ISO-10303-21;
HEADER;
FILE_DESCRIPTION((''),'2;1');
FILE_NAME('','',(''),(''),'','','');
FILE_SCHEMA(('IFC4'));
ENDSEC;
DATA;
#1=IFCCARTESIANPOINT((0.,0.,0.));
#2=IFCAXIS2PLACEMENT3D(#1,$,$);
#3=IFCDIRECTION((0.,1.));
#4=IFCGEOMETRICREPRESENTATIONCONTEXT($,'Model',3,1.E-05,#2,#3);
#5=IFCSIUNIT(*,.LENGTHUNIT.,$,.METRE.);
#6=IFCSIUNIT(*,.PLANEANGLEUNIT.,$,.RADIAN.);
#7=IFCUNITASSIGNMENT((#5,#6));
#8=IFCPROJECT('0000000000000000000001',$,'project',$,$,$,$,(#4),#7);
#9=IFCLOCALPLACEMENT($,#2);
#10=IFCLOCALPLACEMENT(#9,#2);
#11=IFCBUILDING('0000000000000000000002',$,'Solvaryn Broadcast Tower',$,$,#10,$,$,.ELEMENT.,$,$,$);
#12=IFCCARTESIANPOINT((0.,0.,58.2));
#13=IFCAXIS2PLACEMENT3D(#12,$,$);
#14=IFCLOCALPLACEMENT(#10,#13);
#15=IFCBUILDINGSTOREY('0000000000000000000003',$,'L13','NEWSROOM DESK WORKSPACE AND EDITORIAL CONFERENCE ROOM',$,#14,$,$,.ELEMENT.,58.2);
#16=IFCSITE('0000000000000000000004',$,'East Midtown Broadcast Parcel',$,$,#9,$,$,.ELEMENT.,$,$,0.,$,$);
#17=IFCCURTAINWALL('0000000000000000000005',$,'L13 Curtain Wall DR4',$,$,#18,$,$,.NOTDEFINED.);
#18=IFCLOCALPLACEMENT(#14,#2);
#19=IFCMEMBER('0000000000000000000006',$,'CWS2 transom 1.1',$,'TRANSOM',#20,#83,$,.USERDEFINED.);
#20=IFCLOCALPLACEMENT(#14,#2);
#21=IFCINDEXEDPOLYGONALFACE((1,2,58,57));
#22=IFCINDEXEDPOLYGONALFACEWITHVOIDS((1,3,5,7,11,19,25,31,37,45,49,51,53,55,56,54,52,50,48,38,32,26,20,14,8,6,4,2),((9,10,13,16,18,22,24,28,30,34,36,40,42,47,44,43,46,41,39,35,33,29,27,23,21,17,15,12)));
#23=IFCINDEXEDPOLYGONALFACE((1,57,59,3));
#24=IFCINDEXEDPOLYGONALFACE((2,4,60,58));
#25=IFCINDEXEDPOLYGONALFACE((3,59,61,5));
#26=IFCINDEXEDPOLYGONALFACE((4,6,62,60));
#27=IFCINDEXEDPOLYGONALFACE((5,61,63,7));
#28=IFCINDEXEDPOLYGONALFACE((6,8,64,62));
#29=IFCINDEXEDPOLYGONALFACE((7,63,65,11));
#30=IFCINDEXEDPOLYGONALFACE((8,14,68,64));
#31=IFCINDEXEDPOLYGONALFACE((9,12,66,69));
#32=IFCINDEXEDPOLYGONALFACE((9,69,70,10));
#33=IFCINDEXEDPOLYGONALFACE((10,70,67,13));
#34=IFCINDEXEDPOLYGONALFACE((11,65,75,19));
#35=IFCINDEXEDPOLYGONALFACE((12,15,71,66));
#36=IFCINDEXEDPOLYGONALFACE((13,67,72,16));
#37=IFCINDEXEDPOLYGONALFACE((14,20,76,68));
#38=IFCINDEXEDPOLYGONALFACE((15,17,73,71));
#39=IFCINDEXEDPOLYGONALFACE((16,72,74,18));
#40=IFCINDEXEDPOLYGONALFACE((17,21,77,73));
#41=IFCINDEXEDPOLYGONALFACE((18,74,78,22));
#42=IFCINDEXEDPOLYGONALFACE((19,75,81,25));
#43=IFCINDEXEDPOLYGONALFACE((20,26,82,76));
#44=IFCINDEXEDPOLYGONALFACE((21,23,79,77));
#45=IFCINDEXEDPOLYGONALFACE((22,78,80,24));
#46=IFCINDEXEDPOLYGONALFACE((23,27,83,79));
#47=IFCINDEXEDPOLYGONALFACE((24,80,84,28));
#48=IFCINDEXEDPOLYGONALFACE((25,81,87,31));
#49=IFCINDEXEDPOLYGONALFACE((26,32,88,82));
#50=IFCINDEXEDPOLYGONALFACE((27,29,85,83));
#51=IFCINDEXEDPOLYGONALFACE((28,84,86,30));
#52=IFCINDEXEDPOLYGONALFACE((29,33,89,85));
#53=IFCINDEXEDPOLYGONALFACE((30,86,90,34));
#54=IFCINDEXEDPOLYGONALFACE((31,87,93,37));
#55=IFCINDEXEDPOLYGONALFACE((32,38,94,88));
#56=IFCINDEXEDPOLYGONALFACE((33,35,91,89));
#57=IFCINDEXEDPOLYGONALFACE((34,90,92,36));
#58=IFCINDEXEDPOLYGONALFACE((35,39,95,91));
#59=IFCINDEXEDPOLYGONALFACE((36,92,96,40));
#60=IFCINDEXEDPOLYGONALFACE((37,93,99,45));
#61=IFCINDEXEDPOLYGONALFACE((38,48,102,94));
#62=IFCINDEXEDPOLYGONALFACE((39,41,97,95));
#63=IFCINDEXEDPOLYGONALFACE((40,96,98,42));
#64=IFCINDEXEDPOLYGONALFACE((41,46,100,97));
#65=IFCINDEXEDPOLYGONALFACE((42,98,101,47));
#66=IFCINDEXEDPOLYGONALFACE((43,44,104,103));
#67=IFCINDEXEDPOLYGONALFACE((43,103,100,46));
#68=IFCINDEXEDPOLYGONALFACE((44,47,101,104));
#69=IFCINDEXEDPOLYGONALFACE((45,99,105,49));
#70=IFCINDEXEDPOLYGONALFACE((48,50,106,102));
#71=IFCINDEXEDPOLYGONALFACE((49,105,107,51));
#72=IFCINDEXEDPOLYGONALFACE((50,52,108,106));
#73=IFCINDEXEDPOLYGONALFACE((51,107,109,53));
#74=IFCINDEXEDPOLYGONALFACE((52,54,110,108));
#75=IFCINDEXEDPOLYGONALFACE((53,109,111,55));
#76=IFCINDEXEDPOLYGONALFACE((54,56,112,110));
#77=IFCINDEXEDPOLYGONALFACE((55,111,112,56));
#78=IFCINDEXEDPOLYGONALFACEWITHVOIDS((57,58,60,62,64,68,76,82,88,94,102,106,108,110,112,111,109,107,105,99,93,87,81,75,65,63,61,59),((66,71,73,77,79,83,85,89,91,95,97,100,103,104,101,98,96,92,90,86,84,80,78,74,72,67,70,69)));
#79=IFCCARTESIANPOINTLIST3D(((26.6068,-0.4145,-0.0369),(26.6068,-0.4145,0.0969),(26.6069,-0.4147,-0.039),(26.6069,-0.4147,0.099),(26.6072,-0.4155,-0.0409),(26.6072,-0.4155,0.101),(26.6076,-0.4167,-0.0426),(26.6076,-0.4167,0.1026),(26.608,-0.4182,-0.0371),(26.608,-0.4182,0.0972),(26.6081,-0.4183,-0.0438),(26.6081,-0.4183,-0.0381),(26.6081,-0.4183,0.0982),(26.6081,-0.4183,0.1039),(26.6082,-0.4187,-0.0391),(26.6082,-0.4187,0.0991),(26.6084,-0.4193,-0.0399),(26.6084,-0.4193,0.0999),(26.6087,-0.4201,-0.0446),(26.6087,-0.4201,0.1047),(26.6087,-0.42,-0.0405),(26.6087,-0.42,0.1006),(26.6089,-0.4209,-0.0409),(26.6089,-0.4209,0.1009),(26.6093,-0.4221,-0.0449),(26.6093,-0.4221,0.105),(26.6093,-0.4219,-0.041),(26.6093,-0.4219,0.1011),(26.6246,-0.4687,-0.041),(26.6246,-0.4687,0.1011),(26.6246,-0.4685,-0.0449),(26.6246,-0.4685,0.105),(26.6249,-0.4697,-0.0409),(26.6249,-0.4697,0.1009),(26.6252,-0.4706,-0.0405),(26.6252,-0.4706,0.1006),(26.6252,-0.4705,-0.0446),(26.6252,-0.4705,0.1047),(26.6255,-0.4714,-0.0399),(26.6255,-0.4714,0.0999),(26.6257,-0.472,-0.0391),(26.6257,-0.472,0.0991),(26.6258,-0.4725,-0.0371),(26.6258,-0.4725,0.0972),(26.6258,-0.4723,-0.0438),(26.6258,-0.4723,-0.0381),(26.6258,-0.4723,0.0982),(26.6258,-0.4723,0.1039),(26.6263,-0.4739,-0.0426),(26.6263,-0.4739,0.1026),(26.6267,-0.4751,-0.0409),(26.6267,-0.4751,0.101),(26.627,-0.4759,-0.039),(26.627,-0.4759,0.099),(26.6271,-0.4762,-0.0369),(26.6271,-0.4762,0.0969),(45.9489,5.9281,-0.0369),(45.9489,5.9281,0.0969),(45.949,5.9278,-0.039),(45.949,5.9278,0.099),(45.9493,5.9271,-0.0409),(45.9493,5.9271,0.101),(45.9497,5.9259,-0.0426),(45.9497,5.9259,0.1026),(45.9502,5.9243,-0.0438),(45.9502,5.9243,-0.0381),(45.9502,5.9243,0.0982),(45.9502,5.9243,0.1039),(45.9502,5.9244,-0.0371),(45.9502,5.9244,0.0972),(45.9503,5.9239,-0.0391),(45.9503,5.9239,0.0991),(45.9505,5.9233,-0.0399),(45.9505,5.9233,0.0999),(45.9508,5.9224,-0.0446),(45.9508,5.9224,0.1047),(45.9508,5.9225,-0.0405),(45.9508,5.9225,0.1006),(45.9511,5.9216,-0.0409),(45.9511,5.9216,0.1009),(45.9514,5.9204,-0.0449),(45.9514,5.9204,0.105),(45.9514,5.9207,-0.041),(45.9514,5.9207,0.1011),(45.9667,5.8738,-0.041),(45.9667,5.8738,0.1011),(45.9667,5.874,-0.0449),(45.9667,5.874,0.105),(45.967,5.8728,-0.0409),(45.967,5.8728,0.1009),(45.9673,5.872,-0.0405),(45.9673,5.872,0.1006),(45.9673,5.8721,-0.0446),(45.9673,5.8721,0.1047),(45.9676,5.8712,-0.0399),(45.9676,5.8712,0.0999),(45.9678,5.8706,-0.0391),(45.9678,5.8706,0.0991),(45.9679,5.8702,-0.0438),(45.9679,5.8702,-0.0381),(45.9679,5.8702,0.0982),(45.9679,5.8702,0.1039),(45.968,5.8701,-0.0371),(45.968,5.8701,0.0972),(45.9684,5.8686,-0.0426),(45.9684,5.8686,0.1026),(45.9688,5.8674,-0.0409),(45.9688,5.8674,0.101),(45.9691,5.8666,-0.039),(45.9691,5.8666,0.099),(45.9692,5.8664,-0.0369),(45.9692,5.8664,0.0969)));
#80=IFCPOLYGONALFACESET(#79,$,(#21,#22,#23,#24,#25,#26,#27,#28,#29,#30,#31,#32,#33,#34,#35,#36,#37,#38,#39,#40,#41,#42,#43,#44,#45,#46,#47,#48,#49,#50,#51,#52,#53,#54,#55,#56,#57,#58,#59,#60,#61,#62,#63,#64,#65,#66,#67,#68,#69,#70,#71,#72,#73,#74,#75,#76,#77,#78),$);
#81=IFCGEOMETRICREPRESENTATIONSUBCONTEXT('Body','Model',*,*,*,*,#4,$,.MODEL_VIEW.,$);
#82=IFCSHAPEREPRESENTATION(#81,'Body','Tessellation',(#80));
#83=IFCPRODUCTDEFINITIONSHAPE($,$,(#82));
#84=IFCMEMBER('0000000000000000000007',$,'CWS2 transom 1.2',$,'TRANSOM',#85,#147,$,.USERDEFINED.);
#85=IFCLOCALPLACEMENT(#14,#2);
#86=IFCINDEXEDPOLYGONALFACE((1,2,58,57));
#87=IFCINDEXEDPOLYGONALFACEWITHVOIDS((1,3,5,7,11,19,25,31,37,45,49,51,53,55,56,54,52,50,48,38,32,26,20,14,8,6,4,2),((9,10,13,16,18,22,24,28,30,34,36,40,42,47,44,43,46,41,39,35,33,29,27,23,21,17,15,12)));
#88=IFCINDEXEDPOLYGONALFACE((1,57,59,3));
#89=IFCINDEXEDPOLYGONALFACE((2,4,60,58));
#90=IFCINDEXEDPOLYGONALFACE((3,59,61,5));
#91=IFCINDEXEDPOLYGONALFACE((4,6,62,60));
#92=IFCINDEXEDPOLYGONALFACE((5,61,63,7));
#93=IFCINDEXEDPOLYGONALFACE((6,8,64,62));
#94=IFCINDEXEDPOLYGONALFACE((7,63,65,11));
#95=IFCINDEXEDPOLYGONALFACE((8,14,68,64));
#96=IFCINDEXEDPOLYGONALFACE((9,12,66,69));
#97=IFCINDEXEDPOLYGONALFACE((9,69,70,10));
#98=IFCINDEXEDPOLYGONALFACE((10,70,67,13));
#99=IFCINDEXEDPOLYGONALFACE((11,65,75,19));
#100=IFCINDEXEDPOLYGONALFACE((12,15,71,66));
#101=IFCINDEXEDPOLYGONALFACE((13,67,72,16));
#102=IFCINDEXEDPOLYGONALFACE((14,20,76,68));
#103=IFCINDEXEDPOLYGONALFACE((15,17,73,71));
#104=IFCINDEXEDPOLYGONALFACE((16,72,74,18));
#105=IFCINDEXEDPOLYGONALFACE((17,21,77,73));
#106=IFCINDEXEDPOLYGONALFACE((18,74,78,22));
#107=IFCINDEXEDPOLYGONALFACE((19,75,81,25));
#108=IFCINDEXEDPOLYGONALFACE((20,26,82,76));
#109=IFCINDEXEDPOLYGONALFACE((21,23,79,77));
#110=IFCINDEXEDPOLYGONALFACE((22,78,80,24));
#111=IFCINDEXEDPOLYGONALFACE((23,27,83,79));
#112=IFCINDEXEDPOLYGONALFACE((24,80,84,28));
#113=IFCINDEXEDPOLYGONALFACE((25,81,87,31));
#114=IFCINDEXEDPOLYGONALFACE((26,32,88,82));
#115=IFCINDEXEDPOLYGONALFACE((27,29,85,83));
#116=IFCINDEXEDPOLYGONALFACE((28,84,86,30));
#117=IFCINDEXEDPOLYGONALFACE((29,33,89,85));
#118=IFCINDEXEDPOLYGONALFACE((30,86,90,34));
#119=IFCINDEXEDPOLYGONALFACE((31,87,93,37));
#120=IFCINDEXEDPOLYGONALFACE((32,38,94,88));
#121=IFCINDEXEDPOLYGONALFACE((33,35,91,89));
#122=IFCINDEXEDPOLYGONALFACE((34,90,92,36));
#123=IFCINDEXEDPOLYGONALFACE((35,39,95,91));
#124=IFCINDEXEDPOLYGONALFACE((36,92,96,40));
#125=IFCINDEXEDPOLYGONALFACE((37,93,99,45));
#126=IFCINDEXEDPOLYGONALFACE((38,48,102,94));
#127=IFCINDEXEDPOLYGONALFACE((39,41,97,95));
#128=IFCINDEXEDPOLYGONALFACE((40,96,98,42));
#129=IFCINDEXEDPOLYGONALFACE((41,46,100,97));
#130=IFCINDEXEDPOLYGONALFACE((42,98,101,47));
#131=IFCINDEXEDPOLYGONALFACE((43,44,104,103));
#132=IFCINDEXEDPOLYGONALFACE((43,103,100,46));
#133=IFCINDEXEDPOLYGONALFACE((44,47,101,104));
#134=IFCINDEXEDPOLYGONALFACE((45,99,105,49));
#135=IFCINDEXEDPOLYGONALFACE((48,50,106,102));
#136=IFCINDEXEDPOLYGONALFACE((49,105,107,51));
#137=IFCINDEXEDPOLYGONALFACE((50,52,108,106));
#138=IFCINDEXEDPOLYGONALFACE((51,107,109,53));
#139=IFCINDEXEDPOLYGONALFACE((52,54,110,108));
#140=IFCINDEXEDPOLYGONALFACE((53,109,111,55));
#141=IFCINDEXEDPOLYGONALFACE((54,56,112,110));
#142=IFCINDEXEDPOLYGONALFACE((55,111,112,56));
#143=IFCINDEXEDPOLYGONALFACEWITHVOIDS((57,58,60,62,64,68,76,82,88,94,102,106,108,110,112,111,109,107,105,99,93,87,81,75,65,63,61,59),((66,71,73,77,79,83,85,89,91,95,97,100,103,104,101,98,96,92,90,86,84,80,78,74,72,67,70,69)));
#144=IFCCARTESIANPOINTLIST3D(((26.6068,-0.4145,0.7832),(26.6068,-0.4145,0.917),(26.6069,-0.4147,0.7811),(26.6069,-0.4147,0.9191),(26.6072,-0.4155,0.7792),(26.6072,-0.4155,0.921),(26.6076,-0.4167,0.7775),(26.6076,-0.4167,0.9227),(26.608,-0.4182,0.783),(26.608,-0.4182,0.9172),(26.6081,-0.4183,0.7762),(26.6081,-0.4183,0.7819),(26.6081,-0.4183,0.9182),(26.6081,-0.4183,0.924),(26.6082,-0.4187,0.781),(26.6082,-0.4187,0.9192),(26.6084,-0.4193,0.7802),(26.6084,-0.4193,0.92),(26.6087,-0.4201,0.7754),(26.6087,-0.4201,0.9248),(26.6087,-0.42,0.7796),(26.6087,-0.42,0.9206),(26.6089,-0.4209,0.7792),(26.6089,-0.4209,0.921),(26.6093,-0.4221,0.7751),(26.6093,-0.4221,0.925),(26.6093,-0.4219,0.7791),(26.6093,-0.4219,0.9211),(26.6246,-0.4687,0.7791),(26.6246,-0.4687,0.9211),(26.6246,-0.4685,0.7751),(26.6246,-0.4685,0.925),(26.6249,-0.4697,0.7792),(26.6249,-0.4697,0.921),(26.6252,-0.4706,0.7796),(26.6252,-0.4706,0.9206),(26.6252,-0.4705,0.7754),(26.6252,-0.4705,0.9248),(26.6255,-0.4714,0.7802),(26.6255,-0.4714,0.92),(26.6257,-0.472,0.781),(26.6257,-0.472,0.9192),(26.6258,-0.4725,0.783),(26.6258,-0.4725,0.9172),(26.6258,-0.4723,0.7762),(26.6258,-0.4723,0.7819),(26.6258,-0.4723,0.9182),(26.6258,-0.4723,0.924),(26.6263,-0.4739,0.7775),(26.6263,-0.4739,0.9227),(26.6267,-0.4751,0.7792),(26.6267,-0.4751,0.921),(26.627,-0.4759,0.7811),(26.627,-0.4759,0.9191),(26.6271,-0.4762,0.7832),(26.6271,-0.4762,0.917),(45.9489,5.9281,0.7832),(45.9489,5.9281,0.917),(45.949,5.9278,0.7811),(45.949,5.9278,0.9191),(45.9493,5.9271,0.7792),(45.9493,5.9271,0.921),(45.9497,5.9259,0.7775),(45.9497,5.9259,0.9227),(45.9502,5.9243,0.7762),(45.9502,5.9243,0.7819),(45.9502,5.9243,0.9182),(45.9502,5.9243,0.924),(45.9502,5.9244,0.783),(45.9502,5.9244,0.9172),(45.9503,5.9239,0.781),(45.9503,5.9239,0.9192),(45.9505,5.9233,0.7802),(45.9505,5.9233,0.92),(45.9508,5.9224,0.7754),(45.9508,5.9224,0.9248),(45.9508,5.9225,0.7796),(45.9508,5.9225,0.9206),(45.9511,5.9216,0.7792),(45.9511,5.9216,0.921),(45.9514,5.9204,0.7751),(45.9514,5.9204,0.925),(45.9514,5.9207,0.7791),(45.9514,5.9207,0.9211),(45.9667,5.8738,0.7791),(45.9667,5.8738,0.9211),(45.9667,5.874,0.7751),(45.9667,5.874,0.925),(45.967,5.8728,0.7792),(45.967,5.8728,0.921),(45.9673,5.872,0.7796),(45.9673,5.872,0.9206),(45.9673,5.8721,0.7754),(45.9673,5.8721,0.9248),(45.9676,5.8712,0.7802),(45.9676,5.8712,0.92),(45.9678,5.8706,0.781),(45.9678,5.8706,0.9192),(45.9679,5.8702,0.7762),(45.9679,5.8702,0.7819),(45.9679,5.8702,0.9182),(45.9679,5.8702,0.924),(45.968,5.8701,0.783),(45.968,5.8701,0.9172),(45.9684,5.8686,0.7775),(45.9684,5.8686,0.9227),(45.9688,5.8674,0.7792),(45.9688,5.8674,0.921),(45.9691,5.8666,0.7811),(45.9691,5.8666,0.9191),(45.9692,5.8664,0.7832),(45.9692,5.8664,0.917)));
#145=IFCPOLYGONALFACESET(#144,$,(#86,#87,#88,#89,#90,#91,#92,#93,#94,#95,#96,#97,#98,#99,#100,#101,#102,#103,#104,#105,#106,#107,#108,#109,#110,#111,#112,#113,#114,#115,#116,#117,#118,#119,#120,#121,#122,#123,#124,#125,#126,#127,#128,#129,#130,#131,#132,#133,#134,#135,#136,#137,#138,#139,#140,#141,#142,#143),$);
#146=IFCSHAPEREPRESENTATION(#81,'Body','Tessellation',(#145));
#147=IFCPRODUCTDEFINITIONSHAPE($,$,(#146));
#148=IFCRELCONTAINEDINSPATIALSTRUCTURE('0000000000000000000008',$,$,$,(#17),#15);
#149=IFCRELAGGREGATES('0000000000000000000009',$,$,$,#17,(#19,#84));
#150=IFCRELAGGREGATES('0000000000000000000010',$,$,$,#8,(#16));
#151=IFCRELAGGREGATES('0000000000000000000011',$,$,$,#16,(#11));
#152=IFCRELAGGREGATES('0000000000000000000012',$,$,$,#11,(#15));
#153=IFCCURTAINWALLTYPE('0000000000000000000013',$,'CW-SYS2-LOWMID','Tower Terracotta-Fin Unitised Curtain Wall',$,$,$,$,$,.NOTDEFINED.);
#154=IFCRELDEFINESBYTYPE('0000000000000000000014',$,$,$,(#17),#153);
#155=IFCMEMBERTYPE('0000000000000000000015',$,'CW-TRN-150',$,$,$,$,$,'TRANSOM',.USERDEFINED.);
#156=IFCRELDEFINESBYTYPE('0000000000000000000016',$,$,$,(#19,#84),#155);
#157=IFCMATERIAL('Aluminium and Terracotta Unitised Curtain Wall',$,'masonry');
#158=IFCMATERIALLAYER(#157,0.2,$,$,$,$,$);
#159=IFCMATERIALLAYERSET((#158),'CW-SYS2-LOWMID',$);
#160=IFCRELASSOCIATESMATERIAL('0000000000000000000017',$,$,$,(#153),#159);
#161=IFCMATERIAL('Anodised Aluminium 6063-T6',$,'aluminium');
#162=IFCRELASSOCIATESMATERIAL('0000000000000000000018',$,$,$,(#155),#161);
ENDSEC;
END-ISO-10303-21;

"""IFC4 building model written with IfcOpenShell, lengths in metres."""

from ifc_helpers import new_model, si_unit, direction, frame, origin, origin_2d, place, context, subcontext, project, spatial, hollow_rectangle, extrude, material, layer, layer_set, material_profile, profile_set, type_object, element, aggregate, save


model = new_model("IFC4")

# Units and contexts
model_context = context("Model", 3, precision=1e-05, world=origin(), true_north=direction((0.0, 1.0)))
body_context = subcontext(model_context, "Body", "Model", "MODEL_VIEW")
ifc_project = project(units=[si_unit("LENGTHUNIT", "METRE"), si_unit("PLANEANGLEUNIT", "RADIAN")], contexts=[model_context])

# Site, building, storey
site_placement = place(None, origin())
site = spatial("IfcSite", under=ifc_project, at=site_placement, Name="East Midtown Broadcast Parcel", CompositionType="ELEMENT", RefElevation=0.0)
building_placement = place(site_placement, origin())
building = spatial("IfcBuilding", under=site, at=building_placement, Name="Solvaryn Broadcast Tower", CompositionType="ELEMENT")
storey_placement = place(building_placement, frame((0.0, 0.0, 58.2)))
storey = spatial("IfcBuildingStorey", under=building, at=storey_placement, Name="L13", Description="NEWSROOM DESK WORKSPACE AND EDITORIAL CONFERENCE ROOM", CompositionType="ELEMENT", Elevation=58.2)

# Shared definitions
ifc_material_1 = material(Name="Aluminium and Terracotta Unitised Curtain Wall", Category="masonry")
ifc_layer_1 = layer(ifc_material_1, 0.2)
ifc_layer_set_1 = layer_set([ifc_layer_1], Name="CW-SYS2-LOWMID")
curtain_wall_type = type_object("IfcCurtainWallType", Name="CW-SYS2-LOWMID", Description="Tower Terracotta-Fin Unitised Curtain Wall", PredefinedType="NOTDEFINED", material=ifc_layer_set_1)

# Curtain wall, members
curtain_wall_1_placement = place(storey_placement, origin())
curtain_wall_1 = element("IfcCurtainWall", 1, at=curtain_wall_1_placement, inside=storey, type_object=curtain_wall_type, Name="L13 Curtain Wall DR4", PredefinedType="NOTDEFINED")
ifc_material_2 = material(Name="Anodised Aluminium 6063-T6", Category="aluminium")
ifc_material_profile_1 = material_profile(ifc_material_2, hollow_rectangle(XDim=0.0649, YDim=0.1499, WallThickness=0.0039, InnerFilletRadius=0.0039, OuterFilletRadius=0.0081, at=origin_2d()))
ifc_profile_set_1 = profile_set([ifc_material_profile_1], Name="Anodised Aluminium 6063-T6")
member_type_1 = type_object("IfcMemberType", Name="CW-TRN-150", ElementType="TRANSOM", PredefinedType="USERDEFINED", material=ifc_profile_set_1)
member_1_placement = place(storey_placement, frame((26.6169, -0.4453, 0.03), z_axis=(0.950217, 0.31159, 0.0), x_axis=(-0.31159, 0.950217, 0.0)))
member_1 = element("IfcMember", 2, at=member_1_placement, type_object=member_type_1, Name="CWS2 transom 1.1", ObjectType="TRANSOM", PredefinedType="USERDEFINED", context=body_context, shape_type="SweptSolid", body=[
    extrude(hollow_rectangle(XDim=0.0649, YDim=0.1499, WallThickness=0.0039, InnerFilletRadius=0.0039, OuterFilletRadius=0.0081, at=origin_2d()), origin(), (0.0, 0.0, 1.0), 20.3555),
])
member_2_placement = place(storey_placement, frame((26.6169, -0.4453, 0.8501), z_axis=(0.950217, 0.31159, 0.0), x_axis=(-0.31159, 0.950217, 0.0)))
member_2 = element("IfcMember", 3, at=member_2_placement, type_object=member_type_1, Name="CWS2 transom 1.2", ObjectType="TRANSOM", PredefinedType="USERDEFINED", context=body_context, shape_type="SweptSolid", body=[
    extrude(hollow_rectangle(XDim=0.0649, YDim=0.1499, WallThickness=0.0039, InnerFilletRadius=0.0039, OuterFilletRadius=0.0081, at=origin_2d()), origin(), (0.0, 0.0, 1.0), 20.3555),
])
aggregate(curtain_wall_1, [member_1, member_2])

save(model, "model.ifc")
